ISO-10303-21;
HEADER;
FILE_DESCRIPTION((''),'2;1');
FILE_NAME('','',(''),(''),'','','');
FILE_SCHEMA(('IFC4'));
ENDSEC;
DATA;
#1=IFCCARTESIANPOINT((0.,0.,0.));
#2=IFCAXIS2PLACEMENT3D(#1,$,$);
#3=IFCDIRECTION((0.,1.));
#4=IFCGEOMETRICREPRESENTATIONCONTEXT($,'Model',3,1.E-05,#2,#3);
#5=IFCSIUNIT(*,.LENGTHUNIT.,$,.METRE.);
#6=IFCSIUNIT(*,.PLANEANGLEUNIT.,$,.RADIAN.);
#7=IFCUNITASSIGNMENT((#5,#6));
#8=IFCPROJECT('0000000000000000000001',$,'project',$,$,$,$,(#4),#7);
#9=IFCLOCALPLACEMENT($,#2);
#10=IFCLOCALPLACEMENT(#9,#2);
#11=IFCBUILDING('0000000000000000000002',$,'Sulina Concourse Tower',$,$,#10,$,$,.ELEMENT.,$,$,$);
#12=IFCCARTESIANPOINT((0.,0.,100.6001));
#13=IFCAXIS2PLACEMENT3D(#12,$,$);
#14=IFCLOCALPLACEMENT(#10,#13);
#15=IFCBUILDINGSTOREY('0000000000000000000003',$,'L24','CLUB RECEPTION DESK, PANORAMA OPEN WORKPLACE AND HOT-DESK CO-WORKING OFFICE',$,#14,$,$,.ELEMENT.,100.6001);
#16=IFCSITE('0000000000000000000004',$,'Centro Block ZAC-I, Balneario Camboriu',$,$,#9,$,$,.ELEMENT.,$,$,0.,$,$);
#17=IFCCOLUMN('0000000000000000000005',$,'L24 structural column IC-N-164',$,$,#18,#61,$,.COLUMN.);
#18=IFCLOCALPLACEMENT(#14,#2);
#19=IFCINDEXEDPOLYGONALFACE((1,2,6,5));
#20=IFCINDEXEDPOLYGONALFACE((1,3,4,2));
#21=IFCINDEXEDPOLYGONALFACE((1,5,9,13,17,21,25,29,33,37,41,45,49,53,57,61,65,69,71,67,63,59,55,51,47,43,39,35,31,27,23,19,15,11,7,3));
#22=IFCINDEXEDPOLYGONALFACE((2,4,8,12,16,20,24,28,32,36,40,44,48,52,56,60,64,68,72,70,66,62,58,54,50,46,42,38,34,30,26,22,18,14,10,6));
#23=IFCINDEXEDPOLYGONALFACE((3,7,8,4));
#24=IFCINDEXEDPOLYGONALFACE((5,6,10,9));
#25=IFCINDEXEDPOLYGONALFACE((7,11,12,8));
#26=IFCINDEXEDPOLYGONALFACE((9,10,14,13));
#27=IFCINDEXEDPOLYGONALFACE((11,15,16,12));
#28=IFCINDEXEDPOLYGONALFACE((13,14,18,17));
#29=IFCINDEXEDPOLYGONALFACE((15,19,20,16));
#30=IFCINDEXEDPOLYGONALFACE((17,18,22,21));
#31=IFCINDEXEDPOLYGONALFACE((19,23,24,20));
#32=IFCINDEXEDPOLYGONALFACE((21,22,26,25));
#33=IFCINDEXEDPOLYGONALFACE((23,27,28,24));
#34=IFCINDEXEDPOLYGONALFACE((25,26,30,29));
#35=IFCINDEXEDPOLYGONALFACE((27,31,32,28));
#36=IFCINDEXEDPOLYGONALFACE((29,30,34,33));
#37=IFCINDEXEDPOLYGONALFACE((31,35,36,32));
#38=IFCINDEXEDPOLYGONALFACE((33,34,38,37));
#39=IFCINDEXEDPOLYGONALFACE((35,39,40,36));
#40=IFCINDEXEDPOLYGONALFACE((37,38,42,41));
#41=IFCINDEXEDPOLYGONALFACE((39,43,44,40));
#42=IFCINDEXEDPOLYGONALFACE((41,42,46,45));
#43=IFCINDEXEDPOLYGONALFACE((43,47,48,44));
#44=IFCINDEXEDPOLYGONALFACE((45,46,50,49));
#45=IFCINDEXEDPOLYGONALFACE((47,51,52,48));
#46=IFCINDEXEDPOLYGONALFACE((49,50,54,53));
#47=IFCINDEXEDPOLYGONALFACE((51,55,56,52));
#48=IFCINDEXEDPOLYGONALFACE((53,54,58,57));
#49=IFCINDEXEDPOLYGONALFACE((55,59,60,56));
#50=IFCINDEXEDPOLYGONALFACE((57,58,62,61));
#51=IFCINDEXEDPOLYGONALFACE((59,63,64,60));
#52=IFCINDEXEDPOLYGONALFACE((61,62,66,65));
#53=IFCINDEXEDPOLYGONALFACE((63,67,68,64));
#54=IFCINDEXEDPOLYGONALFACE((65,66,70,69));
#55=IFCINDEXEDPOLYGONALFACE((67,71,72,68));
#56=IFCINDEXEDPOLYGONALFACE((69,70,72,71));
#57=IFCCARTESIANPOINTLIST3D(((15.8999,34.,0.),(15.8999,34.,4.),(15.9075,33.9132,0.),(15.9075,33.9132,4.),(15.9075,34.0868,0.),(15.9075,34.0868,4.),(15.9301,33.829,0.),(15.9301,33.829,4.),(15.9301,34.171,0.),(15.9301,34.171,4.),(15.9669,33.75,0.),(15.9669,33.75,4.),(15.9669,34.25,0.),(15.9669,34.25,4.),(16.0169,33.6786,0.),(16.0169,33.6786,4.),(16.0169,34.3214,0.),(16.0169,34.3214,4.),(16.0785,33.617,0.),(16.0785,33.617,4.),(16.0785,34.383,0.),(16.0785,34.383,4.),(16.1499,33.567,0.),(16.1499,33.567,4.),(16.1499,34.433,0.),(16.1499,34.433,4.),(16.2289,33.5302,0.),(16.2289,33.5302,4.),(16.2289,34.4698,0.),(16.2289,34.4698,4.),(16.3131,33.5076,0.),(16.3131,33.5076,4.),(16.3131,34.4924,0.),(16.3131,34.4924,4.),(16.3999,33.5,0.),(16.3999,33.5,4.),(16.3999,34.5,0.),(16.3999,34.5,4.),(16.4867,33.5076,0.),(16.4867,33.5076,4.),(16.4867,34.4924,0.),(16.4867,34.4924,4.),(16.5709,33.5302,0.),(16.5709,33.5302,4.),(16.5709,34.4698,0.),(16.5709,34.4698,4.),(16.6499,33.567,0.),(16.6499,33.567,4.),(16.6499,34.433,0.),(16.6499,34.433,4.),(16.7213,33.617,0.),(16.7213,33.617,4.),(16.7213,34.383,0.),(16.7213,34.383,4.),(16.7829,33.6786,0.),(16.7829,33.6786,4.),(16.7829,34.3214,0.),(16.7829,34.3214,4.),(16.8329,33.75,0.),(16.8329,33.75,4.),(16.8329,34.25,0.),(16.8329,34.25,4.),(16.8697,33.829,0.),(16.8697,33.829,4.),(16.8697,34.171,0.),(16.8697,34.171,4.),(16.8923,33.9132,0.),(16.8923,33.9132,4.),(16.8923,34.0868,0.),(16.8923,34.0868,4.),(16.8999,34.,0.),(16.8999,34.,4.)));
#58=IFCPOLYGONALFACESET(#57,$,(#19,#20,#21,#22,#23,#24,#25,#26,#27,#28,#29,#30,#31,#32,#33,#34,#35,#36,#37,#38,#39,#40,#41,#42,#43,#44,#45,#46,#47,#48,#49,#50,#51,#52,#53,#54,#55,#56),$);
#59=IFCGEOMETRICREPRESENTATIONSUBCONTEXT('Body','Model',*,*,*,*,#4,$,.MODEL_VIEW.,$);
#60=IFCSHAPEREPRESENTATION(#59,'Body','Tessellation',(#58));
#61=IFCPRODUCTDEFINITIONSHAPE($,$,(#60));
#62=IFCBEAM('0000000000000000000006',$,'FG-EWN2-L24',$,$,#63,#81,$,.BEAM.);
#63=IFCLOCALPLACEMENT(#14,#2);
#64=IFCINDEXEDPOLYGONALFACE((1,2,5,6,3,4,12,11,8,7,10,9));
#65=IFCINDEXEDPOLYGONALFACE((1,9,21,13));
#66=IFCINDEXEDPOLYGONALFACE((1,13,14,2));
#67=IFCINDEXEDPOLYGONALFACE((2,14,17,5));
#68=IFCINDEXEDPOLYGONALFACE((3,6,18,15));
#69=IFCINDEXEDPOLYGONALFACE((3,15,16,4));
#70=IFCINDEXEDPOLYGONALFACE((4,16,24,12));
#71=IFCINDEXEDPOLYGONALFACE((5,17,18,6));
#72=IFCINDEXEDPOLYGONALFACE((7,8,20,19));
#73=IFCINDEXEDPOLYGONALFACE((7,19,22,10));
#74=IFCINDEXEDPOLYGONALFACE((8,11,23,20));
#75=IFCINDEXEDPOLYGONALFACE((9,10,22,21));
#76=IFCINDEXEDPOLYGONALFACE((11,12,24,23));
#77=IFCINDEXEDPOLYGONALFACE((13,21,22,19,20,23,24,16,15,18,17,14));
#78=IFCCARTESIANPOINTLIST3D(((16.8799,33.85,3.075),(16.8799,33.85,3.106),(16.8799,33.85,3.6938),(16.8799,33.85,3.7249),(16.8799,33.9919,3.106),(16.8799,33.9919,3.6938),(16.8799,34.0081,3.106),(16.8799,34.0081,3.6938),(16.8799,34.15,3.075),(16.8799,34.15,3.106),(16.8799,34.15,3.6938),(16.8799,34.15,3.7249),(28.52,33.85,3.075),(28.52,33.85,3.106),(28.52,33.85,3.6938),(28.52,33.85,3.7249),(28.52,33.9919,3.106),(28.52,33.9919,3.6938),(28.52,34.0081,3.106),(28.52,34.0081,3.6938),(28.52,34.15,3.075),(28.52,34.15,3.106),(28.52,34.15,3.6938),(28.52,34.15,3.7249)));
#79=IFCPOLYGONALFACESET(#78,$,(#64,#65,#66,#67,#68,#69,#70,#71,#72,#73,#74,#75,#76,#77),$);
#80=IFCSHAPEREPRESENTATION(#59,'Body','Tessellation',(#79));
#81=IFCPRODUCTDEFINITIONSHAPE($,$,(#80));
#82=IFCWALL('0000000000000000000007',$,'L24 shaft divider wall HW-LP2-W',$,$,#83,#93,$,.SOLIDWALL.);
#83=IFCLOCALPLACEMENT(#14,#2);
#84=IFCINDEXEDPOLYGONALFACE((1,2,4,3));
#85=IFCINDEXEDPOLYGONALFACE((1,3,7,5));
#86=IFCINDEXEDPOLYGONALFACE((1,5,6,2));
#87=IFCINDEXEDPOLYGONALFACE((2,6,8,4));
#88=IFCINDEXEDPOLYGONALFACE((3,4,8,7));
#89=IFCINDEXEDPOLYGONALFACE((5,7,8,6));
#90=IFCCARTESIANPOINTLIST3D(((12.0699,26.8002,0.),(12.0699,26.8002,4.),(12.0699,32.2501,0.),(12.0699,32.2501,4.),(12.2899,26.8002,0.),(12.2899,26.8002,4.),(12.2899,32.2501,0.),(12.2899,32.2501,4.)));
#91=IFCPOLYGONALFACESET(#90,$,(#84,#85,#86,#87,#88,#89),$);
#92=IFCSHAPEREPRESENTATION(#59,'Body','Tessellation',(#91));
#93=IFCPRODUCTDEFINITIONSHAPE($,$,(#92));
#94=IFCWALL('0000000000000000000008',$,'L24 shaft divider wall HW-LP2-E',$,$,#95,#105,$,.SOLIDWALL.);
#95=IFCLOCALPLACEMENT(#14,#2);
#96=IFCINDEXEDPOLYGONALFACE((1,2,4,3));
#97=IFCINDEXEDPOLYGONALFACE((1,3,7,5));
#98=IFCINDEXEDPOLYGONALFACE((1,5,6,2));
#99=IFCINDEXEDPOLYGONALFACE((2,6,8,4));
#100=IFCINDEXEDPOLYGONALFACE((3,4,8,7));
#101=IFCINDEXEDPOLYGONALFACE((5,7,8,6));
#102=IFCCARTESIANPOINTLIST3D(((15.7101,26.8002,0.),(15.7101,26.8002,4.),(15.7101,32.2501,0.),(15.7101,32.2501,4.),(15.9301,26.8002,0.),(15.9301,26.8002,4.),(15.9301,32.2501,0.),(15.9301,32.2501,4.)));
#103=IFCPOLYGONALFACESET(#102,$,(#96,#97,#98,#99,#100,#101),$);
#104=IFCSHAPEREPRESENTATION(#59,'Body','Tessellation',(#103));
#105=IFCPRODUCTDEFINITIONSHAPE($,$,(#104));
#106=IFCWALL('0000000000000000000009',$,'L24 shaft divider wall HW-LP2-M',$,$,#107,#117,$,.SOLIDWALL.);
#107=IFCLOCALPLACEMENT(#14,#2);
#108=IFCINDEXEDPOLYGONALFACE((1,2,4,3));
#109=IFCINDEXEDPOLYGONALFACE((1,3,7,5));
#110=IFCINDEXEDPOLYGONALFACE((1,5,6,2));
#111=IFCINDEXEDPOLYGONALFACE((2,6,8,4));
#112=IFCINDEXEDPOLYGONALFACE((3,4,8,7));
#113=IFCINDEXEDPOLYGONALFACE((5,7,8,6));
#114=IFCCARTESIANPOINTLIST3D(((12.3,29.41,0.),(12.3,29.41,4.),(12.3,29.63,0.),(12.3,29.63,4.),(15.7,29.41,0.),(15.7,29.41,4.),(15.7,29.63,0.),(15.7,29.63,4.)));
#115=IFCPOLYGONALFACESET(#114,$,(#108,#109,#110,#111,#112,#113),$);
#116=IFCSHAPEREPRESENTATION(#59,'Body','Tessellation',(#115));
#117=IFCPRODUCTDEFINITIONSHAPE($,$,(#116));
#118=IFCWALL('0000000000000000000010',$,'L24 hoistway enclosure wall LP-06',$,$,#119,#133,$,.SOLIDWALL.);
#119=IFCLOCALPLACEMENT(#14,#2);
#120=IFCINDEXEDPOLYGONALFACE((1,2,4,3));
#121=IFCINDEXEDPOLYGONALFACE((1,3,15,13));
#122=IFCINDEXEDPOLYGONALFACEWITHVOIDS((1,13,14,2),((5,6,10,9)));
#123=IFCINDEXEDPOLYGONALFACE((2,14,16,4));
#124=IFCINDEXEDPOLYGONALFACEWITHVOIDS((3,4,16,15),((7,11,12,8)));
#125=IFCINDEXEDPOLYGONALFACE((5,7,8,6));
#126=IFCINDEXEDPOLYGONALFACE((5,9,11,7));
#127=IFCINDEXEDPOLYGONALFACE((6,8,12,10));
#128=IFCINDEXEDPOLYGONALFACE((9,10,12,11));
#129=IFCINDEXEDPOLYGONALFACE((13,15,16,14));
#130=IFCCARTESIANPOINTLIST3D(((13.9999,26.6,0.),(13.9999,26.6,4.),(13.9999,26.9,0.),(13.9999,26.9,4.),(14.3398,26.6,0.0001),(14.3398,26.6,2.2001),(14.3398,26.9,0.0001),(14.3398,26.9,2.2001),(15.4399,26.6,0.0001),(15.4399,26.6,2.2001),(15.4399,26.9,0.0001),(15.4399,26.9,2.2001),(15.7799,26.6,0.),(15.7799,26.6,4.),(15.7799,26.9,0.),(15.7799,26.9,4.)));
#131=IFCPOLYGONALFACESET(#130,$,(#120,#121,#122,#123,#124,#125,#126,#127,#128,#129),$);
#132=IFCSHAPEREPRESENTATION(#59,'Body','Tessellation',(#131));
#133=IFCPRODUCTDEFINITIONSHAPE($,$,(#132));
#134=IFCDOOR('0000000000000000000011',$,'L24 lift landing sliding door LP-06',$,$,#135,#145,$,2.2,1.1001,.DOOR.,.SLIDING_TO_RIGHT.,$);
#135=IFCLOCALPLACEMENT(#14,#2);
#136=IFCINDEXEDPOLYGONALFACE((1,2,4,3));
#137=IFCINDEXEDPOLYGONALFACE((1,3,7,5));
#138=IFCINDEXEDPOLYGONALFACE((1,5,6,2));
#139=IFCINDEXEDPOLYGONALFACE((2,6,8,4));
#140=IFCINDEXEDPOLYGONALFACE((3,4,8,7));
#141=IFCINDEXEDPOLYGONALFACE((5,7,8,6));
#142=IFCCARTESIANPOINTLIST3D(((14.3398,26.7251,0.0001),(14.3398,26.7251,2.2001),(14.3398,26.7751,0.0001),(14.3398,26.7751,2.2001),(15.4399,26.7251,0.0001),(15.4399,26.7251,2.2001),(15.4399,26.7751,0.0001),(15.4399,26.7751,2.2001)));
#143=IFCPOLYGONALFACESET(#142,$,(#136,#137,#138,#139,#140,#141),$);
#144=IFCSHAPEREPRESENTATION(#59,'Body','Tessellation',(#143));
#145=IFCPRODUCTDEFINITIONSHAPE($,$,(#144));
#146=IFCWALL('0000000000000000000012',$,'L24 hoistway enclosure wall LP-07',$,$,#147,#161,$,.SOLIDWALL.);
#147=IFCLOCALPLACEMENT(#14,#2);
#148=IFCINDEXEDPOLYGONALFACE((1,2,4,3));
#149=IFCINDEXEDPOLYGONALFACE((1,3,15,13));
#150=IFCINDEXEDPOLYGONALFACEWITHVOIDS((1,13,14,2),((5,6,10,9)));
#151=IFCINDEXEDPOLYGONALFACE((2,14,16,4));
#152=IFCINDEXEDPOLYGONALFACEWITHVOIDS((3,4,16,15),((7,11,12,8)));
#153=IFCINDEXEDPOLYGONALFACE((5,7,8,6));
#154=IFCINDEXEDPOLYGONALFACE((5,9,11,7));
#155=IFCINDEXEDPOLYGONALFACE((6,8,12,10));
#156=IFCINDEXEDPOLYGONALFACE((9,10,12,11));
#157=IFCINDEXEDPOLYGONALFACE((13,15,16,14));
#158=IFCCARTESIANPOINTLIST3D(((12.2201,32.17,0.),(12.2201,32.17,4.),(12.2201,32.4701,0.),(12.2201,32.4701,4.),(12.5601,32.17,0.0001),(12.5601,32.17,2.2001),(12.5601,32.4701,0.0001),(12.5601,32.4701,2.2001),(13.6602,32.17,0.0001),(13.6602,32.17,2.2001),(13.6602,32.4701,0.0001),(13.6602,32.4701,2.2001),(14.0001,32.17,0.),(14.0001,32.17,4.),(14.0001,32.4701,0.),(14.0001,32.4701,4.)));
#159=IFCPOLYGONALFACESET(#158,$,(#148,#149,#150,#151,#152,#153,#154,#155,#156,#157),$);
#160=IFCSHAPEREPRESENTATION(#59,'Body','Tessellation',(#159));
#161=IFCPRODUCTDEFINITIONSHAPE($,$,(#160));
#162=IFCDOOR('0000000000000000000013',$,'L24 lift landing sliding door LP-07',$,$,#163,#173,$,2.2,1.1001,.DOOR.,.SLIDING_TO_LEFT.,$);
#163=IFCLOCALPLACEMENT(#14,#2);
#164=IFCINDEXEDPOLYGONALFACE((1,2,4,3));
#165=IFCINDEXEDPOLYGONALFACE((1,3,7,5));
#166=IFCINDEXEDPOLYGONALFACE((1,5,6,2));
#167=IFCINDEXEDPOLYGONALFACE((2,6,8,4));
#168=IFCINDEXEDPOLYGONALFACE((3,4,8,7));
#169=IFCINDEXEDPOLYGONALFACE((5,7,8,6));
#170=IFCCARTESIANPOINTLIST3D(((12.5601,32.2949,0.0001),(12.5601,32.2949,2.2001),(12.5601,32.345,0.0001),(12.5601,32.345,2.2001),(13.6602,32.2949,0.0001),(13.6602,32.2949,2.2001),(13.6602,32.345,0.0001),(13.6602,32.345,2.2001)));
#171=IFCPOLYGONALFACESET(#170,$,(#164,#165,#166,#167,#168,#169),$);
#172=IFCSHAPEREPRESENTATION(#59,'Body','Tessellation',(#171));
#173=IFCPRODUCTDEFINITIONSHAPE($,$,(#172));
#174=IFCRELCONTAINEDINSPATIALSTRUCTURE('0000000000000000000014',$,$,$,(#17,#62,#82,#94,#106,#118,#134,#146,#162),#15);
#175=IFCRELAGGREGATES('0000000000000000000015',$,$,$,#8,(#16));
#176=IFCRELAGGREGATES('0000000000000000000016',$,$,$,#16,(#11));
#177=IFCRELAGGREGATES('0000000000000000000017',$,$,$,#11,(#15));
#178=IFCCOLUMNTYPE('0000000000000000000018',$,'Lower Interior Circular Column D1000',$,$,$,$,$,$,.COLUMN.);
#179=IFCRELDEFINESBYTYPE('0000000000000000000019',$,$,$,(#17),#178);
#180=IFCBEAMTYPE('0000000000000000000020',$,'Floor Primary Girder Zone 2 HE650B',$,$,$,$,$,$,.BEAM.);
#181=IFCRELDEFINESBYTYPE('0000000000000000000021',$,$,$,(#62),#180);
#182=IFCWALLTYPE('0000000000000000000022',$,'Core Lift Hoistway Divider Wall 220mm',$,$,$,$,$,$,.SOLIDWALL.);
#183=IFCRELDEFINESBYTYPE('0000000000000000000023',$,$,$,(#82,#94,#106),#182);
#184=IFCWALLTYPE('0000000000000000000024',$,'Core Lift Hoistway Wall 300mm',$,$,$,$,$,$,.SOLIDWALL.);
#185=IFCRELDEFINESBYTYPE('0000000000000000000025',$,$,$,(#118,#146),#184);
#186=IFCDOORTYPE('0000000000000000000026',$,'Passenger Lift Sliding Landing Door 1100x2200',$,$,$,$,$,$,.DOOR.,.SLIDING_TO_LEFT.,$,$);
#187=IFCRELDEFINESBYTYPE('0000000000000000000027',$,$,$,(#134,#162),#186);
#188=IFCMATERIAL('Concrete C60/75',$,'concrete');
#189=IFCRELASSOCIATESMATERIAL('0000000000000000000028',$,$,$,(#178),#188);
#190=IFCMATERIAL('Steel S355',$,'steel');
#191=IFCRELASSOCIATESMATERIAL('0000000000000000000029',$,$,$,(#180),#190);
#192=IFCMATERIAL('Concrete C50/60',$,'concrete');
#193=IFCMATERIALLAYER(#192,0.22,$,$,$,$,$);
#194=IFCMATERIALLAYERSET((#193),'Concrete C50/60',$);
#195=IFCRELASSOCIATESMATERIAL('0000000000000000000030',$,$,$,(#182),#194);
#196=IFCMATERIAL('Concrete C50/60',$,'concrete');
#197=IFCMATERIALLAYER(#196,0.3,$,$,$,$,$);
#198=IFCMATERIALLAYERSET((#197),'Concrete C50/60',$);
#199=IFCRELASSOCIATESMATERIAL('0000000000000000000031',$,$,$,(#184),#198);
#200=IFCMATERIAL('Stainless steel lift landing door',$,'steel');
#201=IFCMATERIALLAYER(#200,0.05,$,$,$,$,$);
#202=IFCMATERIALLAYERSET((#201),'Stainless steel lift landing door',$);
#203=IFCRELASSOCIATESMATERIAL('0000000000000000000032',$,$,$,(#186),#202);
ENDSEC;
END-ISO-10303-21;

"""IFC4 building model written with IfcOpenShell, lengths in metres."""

from ifc_helpers import new_model, si_unit, direction, frame, frame_2d, origin, origin_2d, place, context, subcontext, project, spatial, rectangle, circle, i_section, extrude, material, layer, layer_set, material_profile, profile_set, type_object, element, fill, save


model = new_model("IFC4")

# Units and contexts
model_context = context("Model", 3, precision=1e-05, world=origin(), true_north=direction((0.0, 1.0)))
body_context = subcontext(model_context, "Body", "Model", "MODEL_VIEW")
ifc_project = project(units=[si_unit("LENGTHUNIT", "METRE"), si_unit("PLANEANGLEUNIT", "RADIAN")], contexts=[model_context])

# Site, building, storey
site_placement = place(None, origin())
site = spatial("IfcSite", under=ifc_project, at=site_placement, Name="Centro Block ZAC-I, Balneario Camboriu", CompositionType="ELEMENT", RefElevation=0.0)
building_placement = place(site_placement, origin())
building = spatial("IfcBuilding", under=site, at=building_placement, Name="Sulina Concourse Tower", CompositionType="ELEMENT")
storey_placement = place(building_placement, frame((0.0, 0.0, 100.6001)))
storey = spatial("IfcBuildingStorey", under=building, at=storey_placement, Name="L24", Description="CLUB RECEPTION DESK, PANORAMA OPEN WORKPLACE AND HOT-DESK CO-WORKING OFFICE", CompositionType="ELEMENT", Elevation=100.6001)

# Column
ifc_material_1 = material(Name="Concrete C60/75", Category="concrete")
ifc_material_profile_1 = material_profile(ifc_material_1, circle(Radius=0.5, at=origin_2d()), Name="RC D1000")
ifc_profile_set_1 = profile_set([ifc_material_profile_1], Name="Concrete C60/75")
column_type = type_object("IfcColumnType", Name="Lower Interior Circular Column D1000", PredefinedType="COLUMN", material=ifc_profile_set_1)
column_placement = place(storey_placement, frame((16.3999, 34.0, 0.0), z_axis=(0.0, 0.0, 1.0), x_axis=(1.0, 0.0, 0.0)))
element("IfcColumn", 1, at=column_placement, inside=storey, type_object=column_type, Name="L24 structural column IC-N-164", PredefinedType="COLUMN", context=body_context, shape_type="SweptSolid", body=[
    extrude(circle(Radius=0.5, at=origin_2d()), origin(), (0.0, 0.0, 1.0), 4.0),
])

# Beam
ifc_material_2 = material(Name="Steel S355", Category="steel")
ifc_material_profile_2 = material_profile(ifc_material_2, i_section(OverallWidth=0.3, OverallDepth=0.6499, WebThickness=0.0161, FlangeThickness=0.031, at=origin_2d()), Name="HE 650 B")
ifc_profile_set_2 = profile_set([ifc_material_profile_2], Name="Steel S355")
beam_type = type_object("IfcBeamType", Name="Floor Primary Girder Zone 2 HE650B", PredefinedType="BEAM", material=ifc_profile_set_2)
beam_placement = place(storey_placement, frame((16.8799, 34.0, 3.3999), z_axis=(1.0, 0.0, 0.0), x_axis=(0.0, 1.0, 0.0)))
element("IfcBeam", 2, at=beam_placement, inside=storey, type_object=beam_type, Name="FG-EWN2-L24", PredefinedType="BEAM", context=body_context, shape_type="SweptSolid", body=[
    extrude(i_section(OverallWidth=0.3, OverallDepth=0.6499, WebThickness=0.0161, FlangeThickness=0.031, at=origin_2d()), origin(), (0.0, 0.0, 1.0), 11.6401),
])

# Walls
ifc_material_3 = material(Name="Concrete C50/60", Category="concrete")
ifc_layer_1 = layer(ifc_material_3, 0.22)
ifc_layer_set_1 = layer_set([ifc_layer_1], Name="Concrete C50/60")
wall_type_1 = type_object("IfcWallType", Name="Core Lift Hoistway Divider Wall 220mm", PredefinedType="SOLIDWALL", material=ifc_layer_set_1)
for number, where, z_axis, x_axis, name in (
    (3, (12.1799, 26.8, 0.0), (0.0, 0.0, 1.0), (0.0, 1.0, 0.0), "L24 shaft divider wall HW-LP2-W"),
    (4, (15.8201, 26.8, 0.0), (0.0, 0.0, 1.0), (0.0, 1.0, 0.0), "L24 shaft divider wall HW-LP2-E"),
):
    element("IfcWall", number, at=place(storey_placement, frame(where, z_axis=z_axis, x_axis=x_axis)), inside=storey, type_object=wall_type_1, Name=name, PredefinedType="SOLIDWALL", context=body_context, shape_type="SweptSolid", body=[
        extrude(rectangle(XDim=5.45, YDim=0.22, at=frame_2d((2.7251, 0.0))), origin(), (0.0, 0.0, 1.0), 4.0),
    ])
wall_1_placement = place(storey_placement, frame((12.3, 29.52, 0.0), z_axis=(0.0, 0.0, 1.0), x_axis=(1.0, 0.0, 0.0)))
element("IfcWall", 5, at=wall_1_placement, inside=storey, type_object=wall_type_1, Name="L24 shaft divider wall HW-LP2-M", PredefinedType="SOLIDWALL", context=body_context, shape_type="SweptSolid", body=[
    extrude(rectangle(XDim=3.3999, YDim=0.22, at=frame_2d((1.7, 0.0))), origin(), (0.0, 0.0, 1.0), 4.0),
])

# Walls, openings, doors
ifc_material_4 = material(Name="Concrete C50/60", Category="concrete")
ifc_layer_2 = layer(ifc_material_4, 0.3)
ifc_layer_set_2 = layer_set([ifc_layer_2], Name="Concrete C50/60")
wall_type_2 = type_object("IfcWallType", Name="Core Lift Hoistway Wall 300mm", PredefinedType="SOLIDWALL", material=ifc_layer_set_2)
wall_2_placement = place(storey_placement, frame((15.78, 26.75, 0.0), z_axis=(0.0, 0.0, 1.0), x_axis=(-1.0, 0.0, 0.0)))
wall_2 = element("IfcWall", 6, at=wall_2_placement, inside=storey, type_object=wall_type_2, Name="L24 hoistway enclosure wall LP-06", PredefinedType="SOLIDWALL", context=body_context, shape_type="SweptSolid", body=[
    extrude(rectangle(XDim=1.78, YDim=0.3, at=frame_2d((0.8901, 0.0))), origin(), (0.0, 0.0, 1.0), 4.0),
])
opening_1_placement = place(wall_2_placement, frame((0.3401, 0.0, 0.0)))
opening_1 = element("IfcOpeningElement", 7, at=opening_1_placement, cuts=wall_2, PredefinedType="OPENING", context=body_context, shape_type="SweptSolid", body=[
    extrude(rectangle(XDim=1.1001, YDim=2.2, at=frame_2d((0.55, 1.1001))), frame((0.0, 0.1599, 0.0), z_axis=(0.0, -1.0, 0.0), x_axis=(1.0, 0.0, 0.0)), (0.0, 0.0, 1.0), 0.3201),
])
ifc_material_5 = material(Name="Stainless steel lift landing door", Category="steel")
ifc_layer_3 = layer(ifc_material_5, 0.05)
ifc_layer_set_3 = layer_set([ifc_layer_3], Name="Stainless steel lift landing door")
door_type_1 = type_object("IfcDoorType", Name="Passenger Lift Sliding Landing Door 1100x2200", OperationType="SLIDING_TO_LEFT", PredefinedType="DOOR", material=ifc_layer_set_3)
door_1_placement = place(opening_1_placement, origin())
door_1 = element("IfcDoor", 8, at=door_1_placement, inside=storey, type_object=door_type_1, Name="L24 lift landing sliding door LP-06", OperationType="SLIDING_TO_RIGHT", OverallHeight=2.2, OverallWidth=1.1001, PredefinedType="DOOR", context=body_context, shape_type="SweptSolid", body=[
    extrude(rectangle(XDim=1.1001, YDim=2.2, at=frame_2d((0.55, 1.1001))), frame((0.0, 0.0249, 0.0), z_axis=(0.0, -1.0, 0.0), x_axis=(1.0, 0.0, 0.0)), (0.0, 0.0, 1.0), 0.05),
])
fill(opening_1, door_1)
wall_3_placement = place(storey_placement, frame((12.22, 32.3201, 0.0), z_axis=(0.0, 0.0, 1.0), x_axis=(1.0, 0.0, 0.0)))
wall_3 = element("IfcWall", 9, at=wall_3_placement, inside=storey, type_object=wall_type_2, Name="L24 hoistway enclosure wall LP-07", PredefinedType="SOLIDWALL", context=body_context, shape_type="SweptSolid", body=[
    extrude(rectangle(XDim=1.78, YDim=0.3, at=frame_2d((0.8901, 0.0))), origin(), (0.0, 0.0, 1.0), 4.0),
])
opening_2_placement = place(wall_3_placement, frame((0.3401, 0.0, 0.0)))
opening_2 = element("IfcOpeningElement", 10, at=opening_2_placement, cuts=wall_3, PredefinedType="OPENING", context=body_context, shape_type="SweptSolid", body=[
    extrude(rectangle(XDim=1.1001, YDim=2.2, at=frame_2d((0.55, 1.1001))), frame((0.0, 0.1599, 0.0), z_axis=(0.0, -1.0, 0.0), x_axis=(1.0, 0.0, 0.0)), (0.0, 0.0, 1.0), 0.3201),
])
door_2_placement = place(opening_2_placement, origin())
door_2 = element("IfcDoor", 11, at=door_2_placement, inside=storey, type_object=door_type_1, Name="L24 lift landing sliding door LP-07", OperationType="SLIDING_TO_LEFT", OverallHeight=2.2, OverallWidth=1.1001, PredefinedType="DOOR", context=body_context, shape_type="SweptSolid", body=[
    extrude(rectangle(XDim=1.1001, YDim=2.2, at=frame_2d((0.55, 1.1001))), frame((0.0, 0.0249, 0.0), z_axis=(0.0, -1.0, 0.0), x_axis=(1.0, 0.0, 0.0)), (0.0, 0.0, 1.0), 0.05),
])
fill(opening_2, door_2)

save(model, "model.ifc")
